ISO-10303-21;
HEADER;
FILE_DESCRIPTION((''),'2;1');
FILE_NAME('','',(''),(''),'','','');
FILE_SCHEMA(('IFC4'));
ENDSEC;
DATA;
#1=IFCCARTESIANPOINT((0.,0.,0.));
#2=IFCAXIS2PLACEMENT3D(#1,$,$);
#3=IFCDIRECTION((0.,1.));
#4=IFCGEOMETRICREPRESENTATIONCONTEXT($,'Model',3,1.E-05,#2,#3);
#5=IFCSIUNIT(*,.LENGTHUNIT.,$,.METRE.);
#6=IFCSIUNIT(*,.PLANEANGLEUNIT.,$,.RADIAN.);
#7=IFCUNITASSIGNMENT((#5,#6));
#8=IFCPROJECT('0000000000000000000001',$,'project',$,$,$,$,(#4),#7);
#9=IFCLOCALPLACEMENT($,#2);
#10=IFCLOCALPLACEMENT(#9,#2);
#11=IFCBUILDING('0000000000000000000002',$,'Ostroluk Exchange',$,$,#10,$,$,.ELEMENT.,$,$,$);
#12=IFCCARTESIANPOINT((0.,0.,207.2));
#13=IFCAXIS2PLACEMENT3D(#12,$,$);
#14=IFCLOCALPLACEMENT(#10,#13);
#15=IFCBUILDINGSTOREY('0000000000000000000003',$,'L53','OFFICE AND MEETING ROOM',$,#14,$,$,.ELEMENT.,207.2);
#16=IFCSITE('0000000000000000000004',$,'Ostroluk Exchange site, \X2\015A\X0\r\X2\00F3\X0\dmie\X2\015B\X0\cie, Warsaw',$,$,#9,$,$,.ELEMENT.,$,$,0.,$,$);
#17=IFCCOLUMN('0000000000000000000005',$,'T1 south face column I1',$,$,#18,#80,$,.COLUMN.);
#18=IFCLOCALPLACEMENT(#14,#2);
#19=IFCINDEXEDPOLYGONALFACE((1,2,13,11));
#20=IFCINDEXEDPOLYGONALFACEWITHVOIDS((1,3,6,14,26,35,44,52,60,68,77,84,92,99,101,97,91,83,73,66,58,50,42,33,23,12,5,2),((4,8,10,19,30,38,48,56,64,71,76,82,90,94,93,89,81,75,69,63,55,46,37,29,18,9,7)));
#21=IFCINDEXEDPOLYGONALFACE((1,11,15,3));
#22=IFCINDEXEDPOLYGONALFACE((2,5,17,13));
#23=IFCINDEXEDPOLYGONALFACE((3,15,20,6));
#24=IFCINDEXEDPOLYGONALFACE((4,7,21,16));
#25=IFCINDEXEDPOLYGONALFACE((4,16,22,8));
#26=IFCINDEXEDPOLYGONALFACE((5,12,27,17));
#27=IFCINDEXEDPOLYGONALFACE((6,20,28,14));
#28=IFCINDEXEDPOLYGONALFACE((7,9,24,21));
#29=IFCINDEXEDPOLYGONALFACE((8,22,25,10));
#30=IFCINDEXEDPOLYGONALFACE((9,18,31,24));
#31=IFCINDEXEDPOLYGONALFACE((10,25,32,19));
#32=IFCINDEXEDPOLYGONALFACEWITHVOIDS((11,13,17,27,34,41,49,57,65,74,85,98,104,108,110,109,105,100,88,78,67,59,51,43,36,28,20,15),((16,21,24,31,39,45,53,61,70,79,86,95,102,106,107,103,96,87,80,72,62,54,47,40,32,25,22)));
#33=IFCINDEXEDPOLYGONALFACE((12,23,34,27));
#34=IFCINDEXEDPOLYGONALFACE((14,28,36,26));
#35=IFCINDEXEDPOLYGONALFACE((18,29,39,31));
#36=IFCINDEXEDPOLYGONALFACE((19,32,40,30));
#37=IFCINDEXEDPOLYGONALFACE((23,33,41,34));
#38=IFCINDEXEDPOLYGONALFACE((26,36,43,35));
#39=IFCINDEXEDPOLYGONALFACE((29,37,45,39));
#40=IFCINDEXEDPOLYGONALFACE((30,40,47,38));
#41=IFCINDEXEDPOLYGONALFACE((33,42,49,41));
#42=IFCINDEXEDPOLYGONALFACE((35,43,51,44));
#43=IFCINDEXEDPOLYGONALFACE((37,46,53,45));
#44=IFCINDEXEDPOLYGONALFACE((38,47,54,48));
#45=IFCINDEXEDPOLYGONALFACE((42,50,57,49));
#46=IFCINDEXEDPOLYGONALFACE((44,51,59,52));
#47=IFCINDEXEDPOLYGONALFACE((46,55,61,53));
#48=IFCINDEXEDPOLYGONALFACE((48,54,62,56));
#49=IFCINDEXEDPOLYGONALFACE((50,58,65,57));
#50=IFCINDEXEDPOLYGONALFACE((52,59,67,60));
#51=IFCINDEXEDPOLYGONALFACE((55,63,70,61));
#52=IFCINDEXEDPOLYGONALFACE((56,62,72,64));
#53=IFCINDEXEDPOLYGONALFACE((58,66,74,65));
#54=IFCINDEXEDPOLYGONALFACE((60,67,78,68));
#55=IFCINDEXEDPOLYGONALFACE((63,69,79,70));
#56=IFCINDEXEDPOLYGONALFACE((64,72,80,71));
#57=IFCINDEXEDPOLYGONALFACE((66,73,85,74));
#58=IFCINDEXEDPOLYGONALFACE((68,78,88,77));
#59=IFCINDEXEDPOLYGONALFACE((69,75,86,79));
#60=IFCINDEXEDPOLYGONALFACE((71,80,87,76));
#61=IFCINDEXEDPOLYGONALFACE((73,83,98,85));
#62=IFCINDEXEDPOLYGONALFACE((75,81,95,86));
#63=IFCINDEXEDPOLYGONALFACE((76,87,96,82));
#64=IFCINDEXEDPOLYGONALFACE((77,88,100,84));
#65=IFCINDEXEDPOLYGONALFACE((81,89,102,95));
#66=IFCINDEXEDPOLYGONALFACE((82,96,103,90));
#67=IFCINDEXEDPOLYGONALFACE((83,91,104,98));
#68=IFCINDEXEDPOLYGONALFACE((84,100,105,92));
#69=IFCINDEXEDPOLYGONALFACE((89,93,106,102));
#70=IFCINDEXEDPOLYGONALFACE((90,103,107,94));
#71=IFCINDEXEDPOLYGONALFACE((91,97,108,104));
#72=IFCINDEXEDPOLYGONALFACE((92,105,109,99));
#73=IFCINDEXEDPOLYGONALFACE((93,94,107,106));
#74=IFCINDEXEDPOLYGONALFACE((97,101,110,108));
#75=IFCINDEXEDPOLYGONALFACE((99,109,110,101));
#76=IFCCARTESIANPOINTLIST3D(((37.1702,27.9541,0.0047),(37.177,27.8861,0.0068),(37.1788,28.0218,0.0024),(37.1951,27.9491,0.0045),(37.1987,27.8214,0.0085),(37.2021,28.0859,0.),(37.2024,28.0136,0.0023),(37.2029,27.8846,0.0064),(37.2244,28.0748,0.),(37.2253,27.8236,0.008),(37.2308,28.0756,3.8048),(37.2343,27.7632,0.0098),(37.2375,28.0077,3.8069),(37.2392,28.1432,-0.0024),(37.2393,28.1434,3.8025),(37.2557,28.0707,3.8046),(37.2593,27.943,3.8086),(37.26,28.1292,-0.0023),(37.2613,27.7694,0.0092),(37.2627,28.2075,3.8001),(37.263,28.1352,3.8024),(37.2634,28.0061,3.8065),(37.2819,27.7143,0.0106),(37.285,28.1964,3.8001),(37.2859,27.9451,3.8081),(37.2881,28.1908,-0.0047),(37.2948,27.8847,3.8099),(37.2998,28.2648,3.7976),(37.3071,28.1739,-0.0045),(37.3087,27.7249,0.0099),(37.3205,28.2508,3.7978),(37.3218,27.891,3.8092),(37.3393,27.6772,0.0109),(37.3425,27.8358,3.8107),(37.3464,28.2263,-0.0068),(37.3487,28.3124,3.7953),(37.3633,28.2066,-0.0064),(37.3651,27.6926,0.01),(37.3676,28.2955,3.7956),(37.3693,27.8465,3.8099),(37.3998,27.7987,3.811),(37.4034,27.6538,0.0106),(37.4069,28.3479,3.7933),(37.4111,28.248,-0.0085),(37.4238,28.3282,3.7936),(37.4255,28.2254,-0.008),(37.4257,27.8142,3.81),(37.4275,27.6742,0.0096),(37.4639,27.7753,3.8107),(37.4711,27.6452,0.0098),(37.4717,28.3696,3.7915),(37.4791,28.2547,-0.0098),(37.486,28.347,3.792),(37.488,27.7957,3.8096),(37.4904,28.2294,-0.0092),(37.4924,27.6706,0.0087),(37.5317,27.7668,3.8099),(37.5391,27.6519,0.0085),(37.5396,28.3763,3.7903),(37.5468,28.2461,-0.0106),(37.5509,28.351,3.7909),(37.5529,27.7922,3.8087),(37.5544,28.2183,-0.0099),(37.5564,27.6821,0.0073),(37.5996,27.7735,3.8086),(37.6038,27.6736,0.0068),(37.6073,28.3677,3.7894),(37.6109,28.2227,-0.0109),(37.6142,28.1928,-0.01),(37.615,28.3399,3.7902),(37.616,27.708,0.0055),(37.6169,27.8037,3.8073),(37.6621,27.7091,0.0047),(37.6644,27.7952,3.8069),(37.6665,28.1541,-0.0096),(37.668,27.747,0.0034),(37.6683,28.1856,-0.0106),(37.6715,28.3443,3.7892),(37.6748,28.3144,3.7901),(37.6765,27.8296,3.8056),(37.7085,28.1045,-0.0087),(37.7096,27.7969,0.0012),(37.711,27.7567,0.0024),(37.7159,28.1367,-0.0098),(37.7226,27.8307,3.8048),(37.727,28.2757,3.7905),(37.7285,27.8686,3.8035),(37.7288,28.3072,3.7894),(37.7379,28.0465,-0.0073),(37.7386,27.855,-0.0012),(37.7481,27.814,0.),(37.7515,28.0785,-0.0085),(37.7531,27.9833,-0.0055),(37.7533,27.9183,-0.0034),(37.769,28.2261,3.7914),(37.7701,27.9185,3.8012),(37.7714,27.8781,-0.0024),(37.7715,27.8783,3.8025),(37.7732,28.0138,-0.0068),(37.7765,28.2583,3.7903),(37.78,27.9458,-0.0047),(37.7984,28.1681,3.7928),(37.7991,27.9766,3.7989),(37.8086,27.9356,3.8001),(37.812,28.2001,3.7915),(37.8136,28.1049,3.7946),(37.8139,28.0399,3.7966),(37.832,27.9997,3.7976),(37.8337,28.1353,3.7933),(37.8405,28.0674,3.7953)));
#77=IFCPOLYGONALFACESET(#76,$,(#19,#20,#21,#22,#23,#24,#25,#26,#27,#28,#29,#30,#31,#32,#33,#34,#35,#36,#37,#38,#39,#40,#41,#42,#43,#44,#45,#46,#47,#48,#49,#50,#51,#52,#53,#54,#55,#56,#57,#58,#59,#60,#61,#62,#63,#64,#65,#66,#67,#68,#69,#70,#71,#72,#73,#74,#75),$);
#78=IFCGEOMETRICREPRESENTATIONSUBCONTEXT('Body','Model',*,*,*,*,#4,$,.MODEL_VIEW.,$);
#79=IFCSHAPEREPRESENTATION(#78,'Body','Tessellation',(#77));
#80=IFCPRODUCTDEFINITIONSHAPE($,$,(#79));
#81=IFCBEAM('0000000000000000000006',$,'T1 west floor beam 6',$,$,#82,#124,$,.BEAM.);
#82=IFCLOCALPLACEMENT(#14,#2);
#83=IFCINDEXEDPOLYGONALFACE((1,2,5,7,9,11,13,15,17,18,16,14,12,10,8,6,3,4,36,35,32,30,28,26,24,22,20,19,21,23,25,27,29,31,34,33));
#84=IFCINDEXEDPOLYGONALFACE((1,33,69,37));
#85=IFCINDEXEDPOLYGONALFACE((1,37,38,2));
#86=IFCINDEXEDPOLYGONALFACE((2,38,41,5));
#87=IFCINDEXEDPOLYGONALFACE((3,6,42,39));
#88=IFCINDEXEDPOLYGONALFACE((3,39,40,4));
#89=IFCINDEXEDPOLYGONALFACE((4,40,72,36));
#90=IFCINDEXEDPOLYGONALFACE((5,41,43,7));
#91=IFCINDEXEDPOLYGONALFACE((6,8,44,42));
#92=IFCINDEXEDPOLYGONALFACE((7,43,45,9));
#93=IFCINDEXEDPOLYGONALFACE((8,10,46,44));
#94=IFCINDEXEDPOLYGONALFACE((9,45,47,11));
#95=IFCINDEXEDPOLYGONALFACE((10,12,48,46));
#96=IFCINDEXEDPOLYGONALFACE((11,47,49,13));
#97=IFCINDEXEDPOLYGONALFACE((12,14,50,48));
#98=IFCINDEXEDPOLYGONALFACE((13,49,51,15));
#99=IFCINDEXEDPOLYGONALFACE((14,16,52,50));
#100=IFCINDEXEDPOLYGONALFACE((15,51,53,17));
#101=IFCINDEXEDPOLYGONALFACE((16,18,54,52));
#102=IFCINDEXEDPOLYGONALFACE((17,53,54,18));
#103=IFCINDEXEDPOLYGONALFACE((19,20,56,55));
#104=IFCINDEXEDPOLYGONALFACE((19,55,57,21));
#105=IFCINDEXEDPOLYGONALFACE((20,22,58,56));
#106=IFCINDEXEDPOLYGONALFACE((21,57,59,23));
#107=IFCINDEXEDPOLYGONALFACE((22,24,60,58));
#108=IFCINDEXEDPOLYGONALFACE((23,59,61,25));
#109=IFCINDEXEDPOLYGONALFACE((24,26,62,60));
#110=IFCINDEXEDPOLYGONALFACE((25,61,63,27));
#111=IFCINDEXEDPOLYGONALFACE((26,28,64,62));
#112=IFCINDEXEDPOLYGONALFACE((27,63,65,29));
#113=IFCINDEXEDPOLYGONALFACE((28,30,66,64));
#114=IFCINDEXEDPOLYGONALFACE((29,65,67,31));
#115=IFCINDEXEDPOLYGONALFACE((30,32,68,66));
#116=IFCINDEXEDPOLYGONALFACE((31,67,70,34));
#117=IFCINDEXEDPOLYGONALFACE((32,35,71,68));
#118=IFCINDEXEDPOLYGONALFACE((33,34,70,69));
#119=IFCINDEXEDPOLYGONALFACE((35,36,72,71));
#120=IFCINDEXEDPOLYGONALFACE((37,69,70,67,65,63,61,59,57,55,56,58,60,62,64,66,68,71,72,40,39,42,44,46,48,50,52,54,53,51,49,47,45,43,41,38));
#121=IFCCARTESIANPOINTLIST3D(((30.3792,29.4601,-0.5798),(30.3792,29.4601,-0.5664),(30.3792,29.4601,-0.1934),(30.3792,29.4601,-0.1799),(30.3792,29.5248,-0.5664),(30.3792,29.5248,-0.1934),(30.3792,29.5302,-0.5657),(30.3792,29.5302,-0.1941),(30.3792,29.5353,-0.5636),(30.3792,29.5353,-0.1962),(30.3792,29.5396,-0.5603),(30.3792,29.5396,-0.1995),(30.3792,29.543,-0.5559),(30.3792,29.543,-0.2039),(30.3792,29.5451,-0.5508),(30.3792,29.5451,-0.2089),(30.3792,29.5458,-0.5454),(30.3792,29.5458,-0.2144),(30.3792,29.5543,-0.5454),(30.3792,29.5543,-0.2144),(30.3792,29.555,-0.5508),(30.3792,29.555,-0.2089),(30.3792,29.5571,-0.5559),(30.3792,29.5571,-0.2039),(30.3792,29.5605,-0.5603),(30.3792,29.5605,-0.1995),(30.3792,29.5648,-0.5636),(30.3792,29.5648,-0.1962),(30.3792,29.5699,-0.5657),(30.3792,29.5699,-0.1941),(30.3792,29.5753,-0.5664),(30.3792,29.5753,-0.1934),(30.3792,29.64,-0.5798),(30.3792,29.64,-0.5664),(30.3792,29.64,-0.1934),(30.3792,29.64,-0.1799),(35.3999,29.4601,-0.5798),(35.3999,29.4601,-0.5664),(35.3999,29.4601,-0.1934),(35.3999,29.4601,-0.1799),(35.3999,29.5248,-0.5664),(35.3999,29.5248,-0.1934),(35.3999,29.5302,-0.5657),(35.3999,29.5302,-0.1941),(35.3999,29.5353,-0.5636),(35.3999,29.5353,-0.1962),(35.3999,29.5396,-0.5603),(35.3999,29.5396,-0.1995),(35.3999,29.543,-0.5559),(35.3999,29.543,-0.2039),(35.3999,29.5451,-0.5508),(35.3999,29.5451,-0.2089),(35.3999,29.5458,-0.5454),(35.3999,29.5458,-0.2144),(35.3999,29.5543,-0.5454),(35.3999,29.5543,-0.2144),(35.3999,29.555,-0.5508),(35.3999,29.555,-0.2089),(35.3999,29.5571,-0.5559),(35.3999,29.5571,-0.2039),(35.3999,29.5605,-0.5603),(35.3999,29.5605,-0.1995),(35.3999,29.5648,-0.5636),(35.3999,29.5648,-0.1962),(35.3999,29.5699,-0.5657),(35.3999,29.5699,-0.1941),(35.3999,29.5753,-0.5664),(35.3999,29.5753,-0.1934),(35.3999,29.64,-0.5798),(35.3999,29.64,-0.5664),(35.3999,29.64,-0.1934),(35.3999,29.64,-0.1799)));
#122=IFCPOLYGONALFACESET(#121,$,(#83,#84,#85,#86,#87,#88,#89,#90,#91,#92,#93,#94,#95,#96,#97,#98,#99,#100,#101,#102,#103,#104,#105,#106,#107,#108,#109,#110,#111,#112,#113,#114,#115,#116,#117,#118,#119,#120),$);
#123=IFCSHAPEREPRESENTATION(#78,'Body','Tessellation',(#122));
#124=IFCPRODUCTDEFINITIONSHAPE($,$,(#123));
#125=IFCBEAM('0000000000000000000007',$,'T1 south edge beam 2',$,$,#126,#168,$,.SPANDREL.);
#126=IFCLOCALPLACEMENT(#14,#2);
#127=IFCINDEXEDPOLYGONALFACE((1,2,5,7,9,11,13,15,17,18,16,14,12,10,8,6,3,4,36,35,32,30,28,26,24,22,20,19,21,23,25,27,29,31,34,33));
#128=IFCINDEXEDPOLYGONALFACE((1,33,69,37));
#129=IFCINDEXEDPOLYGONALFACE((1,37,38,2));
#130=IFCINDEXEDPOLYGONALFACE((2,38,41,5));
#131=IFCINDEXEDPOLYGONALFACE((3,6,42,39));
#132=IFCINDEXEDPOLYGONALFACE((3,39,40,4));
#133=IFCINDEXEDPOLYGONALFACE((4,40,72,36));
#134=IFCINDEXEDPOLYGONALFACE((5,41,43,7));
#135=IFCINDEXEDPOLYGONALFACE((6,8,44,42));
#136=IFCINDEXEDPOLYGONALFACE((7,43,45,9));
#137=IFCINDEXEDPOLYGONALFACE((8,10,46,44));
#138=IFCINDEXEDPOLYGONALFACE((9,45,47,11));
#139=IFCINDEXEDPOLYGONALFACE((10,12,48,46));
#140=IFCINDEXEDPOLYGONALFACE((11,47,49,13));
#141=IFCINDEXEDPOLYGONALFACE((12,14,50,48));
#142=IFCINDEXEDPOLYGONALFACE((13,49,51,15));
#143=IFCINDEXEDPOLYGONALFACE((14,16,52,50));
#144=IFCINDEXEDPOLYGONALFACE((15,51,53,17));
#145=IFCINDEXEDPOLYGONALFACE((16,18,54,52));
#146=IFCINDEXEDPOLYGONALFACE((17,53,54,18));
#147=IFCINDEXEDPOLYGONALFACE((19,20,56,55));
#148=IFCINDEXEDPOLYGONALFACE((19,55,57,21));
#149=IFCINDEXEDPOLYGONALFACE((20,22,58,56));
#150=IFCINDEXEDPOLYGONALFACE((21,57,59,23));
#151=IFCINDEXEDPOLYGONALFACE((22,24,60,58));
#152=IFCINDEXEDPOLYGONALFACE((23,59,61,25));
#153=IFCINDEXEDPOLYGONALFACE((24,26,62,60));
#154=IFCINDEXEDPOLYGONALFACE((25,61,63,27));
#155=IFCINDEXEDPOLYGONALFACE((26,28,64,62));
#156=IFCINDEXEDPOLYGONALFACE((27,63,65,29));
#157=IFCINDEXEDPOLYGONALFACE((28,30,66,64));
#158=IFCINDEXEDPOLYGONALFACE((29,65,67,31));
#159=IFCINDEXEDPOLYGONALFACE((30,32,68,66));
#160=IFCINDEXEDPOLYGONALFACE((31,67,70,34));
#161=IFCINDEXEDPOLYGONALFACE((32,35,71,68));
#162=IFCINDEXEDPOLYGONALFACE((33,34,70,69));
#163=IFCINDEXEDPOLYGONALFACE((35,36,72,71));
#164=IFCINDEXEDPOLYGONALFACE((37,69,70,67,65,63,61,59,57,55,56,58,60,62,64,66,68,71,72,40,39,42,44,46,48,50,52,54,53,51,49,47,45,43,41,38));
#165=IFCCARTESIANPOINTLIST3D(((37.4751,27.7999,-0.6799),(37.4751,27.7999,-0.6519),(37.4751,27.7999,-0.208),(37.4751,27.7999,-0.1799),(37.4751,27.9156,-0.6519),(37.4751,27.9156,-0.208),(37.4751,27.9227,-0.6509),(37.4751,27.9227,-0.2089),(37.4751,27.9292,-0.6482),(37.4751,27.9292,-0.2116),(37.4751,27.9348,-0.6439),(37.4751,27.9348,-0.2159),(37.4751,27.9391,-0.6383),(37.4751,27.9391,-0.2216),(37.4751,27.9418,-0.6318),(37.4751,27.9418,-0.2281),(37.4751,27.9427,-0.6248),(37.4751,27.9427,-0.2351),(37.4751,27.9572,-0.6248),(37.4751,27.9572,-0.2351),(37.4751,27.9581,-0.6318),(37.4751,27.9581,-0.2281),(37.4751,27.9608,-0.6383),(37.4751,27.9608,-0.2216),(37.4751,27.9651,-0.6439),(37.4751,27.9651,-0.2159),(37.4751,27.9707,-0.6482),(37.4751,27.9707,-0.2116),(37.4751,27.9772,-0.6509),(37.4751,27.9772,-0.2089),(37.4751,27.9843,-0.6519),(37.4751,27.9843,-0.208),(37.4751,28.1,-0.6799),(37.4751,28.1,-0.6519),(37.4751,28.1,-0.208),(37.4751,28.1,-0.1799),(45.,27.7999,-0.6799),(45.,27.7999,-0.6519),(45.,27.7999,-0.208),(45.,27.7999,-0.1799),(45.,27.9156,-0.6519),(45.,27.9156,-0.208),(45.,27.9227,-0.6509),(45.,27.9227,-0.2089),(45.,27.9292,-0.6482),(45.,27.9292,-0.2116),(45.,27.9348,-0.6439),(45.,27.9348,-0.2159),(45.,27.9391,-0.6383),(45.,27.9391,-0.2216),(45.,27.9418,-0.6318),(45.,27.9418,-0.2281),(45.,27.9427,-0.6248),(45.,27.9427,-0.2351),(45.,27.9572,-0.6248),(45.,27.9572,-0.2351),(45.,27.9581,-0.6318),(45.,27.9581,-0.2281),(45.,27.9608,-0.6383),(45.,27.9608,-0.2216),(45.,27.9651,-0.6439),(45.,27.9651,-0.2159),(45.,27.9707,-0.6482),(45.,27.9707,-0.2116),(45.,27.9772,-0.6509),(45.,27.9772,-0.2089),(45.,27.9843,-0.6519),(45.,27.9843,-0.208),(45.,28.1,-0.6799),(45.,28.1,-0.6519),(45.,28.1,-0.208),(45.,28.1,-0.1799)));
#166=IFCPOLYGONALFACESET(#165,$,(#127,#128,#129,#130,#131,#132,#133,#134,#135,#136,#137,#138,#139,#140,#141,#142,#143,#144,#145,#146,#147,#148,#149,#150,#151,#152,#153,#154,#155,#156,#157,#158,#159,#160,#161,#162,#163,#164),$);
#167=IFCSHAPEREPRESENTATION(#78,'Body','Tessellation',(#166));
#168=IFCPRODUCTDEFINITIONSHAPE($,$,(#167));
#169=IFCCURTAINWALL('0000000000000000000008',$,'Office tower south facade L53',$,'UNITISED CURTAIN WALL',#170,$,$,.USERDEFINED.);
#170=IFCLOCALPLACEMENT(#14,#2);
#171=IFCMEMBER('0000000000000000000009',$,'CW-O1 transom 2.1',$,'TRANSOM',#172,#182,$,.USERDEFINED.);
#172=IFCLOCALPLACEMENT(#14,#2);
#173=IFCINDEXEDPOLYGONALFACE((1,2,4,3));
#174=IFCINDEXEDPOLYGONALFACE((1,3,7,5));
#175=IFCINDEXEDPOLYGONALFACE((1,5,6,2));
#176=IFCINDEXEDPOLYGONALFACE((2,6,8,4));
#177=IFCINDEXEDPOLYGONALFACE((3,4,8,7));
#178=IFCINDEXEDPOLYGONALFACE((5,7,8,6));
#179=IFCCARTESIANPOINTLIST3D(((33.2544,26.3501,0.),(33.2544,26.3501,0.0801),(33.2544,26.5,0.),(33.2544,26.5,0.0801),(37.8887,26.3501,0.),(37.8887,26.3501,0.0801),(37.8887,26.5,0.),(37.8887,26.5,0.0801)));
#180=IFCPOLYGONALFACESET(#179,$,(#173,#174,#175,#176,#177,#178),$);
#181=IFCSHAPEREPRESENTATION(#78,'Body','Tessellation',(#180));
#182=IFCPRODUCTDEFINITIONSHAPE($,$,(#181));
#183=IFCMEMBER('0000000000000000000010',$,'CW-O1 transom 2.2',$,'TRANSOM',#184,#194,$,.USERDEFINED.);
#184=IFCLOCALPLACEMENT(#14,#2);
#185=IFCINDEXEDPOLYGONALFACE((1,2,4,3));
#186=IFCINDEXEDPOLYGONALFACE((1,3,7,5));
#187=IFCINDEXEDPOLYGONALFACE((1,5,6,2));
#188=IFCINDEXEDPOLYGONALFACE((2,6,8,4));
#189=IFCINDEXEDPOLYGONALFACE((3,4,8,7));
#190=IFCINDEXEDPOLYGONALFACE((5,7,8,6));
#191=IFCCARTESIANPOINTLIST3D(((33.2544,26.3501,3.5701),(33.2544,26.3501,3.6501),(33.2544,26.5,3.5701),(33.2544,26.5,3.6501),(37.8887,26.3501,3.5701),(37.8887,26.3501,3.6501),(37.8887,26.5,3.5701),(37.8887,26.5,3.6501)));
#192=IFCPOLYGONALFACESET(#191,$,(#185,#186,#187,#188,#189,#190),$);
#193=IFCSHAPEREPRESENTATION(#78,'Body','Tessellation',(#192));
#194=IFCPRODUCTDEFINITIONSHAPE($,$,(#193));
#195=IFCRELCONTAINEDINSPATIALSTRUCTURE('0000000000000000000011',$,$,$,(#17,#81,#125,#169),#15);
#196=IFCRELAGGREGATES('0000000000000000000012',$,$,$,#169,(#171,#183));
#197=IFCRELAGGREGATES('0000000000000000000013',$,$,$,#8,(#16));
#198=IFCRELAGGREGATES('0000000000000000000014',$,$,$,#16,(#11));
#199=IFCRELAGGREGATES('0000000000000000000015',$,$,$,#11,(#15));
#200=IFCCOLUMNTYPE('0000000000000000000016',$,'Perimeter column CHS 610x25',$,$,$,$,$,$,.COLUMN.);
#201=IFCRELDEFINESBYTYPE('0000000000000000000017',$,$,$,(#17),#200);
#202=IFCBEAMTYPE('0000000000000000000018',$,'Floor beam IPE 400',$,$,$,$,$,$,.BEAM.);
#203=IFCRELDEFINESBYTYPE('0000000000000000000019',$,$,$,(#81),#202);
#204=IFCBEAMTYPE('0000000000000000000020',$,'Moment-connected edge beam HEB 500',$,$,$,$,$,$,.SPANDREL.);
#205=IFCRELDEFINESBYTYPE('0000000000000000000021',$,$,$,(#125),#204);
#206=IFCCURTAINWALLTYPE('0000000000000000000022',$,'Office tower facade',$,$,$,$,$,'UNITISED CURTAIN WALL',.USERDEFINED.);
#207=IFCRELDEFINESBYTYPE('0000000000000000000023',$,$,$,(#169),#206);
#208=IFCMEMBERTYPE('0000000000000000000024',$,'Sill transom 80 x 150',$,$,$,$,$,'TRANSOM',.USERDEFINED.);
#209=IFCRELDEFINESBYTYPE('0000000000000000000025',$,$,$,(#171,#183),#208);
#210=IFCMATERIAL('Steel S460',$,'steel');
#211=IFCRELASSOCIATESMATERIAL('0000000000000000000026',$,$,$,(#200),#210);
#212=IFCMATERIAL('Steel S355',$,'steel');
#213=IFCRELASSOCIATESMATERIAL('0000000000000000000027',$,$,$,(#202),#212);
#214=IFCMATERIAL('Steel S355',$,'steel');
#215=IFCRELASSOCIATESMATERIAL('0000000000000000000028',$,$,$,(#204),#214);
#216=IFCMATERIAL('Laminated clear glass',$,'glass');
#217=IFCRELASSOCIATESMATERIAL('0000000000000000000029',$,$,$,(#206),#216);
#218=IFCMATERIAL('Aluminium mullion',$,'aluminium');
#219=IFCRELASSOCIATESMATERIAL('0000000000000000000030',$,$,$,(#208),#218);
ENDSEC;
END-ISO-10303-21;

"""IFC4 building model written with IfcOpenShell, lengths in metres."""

from ifc_helpers import new_model, si_unit, direction, frame, origin, origin_2d, place, context, subcontext, project, spatial, rectangle, hollow_circle, i_section, extrude, material, material_profile, profile_set, type_object, element, aggregate, save


model = new_model("IFC4")

# Units and contexts
model_context = context("Model", 3, precision=1e-05, world=origin(), true_north=direction((0.0, 1.0)))
body_context = subcontext(model_context, "Body", "Model", "MODEL_VIEW")
ifc_project = project(units=[si_unit("LENGTHUNIT", "METRE"), si_unit("PLANEANGLEUNIT", "RADIAN")], contexts=[model_context])

# Site, building, storey
site_placement = place(None, origin())
site = spatial("IfcSite", under=ifc_project, at=site_placement, Name="Ostroluk Exchange site, Śródmieście, Warsaw", CompositionType="ELEMENT", RefElevation=0.0)
building_placement = place(site_placement, origin())
building = spatial("IfcBuilding", under=site, at=building_placement, Name="Ostroluk Exchange", CompositionType="ELEMENT")
storey_placement = place(building_placement, frame((0.0, 0.0, 207.2)))
storey = spatial("IfcBuildingStorey", under=building, at=storey_placement, Name="L53", Description="OFFICE AND MEETING ROOM", CompositionType="ELEMENT", Elevation=207.2)

# Column
ifc_material_1 = material(Name="Steel S460", Category="steel")
ifc_material_profile_1 = material_profile(ifc_material_1, hollow_circle(Radius=0.3049, WallThickness=0.0249, at=origin_2d()), Name="CHS 610x25")
ifc_profile_set_1 = profile_set([ifc_material_profile_1], Name="Steel S460")
column_type = type_object("IfcColumnType", Name="Perimeter column CHS 610x25", PredefinedType="COLUMN", material=ifc_profile_set_1)
column_placement = place(storey_placement, frame((37.4751, 27.95, 0.0), z_axis=(0.015923, 0.031974, 0.999362), x_axis=(-0.895145, 0.445775, 0.0)))
element("IfcColumn", 1, at=column_placement, inside=storey, type_object=column_type, Name="T1 south face column I1", PredefinedType="COLUMN", context=body_context, shape_type="SweptSolid", body=[
    extrude(hollow_circle(Radius=0.3049, WallThickness=0.0249, at=origin_2d()), origin(), (0.0, 0.0, 1.0), 3.8025),
])

# Beams
ifc_material_2 = material(Name="Steel S355", Category="steel")
ifc_material_profile_2 = material_profile(ifc_material_2, i_section(OverallWidth=0.1799, OverallDepth=0.3999, WebThickness=0.0085, FlangeThickness=0.0134, FilletRadius=0.021, at=origin_2d()), Name="IPE 400")
ifc_profile_set_2 = profile_set([ifc_material_profile_2], Name="Steel S355")
beam_type_1 = type_object("IfcBeamType", Name="Floor beam IPE 400", PredefinedType="BEAM", material=ifc_profile_set_2)
beam_1_placement = place(storey_placement, frame((35.3999, 29.55, -0.3799), z_axis=(-1.0, 0.0, 0.0), x_axis=(0.0, -1.0, 0.0)))
element("IfcBeam", 2, at=beam_1_placement, inside=storey, type_object=beam_type_1, Name="T1 west floor beam 6", PredefinedType="BEAM", context=body_context, shape_type="SweptSolid", body=[
    extrude(i_section(OverallWidth=0.1799, OverallDepth=0.3999, WebThickness=0.0085, FlangeThickness=0.0134, FilletRadius=0.021, at=origin_2d()), origin(), (0.0, 0.0, 1.0), 5.0208),
])
ifc_material_3 = material(Name="Steel S355", Category="steel")
ifc_material_profile_3 = material_profile(ifc_material_3, i_section(OverallWidth=0.3, OverallDepth=0.5, WebThickness=0.0144, FlangeThickness=0.0281, FilletRadius=0.0271, at=origin_2d()), Name="HEB 500")
ifc_profile_set_3 = profile_set([ifc_material_profile_3], Name="Steel S355")
beam_type_2 = type_object("IfcBeamType", Name="Moment-connected edge beam HEB 500", PredefinedType="SPANDREL", material=ifc_profile_set_3)
beam_2_placement = place(storey_placement, frame((37.4751, 27.95, -0.4299), z_axis=(1.0, 0.0, 0.0), x_axis=(0.0, 1.0, 0.0)))
element("IfcBeam", 3, at=beam_2_placement, inside=storey, type_object=beam_type_2, Name="T1 south edge beam 2", PredefinedType="SPANDREL", context=body_context, shape_type="SweptSolid", body=[
    extrude(i_section(OverallWidth=0.3, OverallDepth=0.5, WebThickness=0.0144, FlangeThickness=0.0281, FilletRadius=0.0271, at=origin_2d()), origin(), (0.0, 0.0, 1.0), 7.5249),
])

# Curtain wall, members
ifc_material_4 = material(Name="Laminated clear glass", Category="glass")
curtain_wall_type = type_object("IfcCurtainWallType", Name="Office tower facade", ElementType="UNITISED CURTAIN WALL", PredefinedType="USERDEFINED", material=ifc_material_4)
curtain_wall_placement = place(storey_placement, origin())
curtain_wall = element("IfcCurtainWall", 4, at=curtain_wall_placement, inside=storey, type_object=curtain_wall_type, Name="Office tower south facade L53", ObjectType="UNITISED CURTAIN WALL", PredefinedType="USERDEFINED")
ifc_material_5 = material(Name="Aluminium mullion", Category="aluminium")
ifc_material_profile_4 = material_profile(ifc_material_5, rectangle(XDim=0.1499, YDim=0.0801, at=origin_2d()), Name="Sill transom 80 x 150")
ifc_profile_set_4 = profile_set([ifc_material_profile_4], Name="Aluminium mullion")
member_type_1 = type_object("IfcMemberType", Name="Sill transom 80 x 150", ElementType="TRANSOM", PredefinedType="USERDEFINED", material=ifc_profile_set_4)
member_1_placement = place(storey_placement, frame((33.2544, 26.425, 0.04), z_axis=(1.0, 0.0, 0.0), x_axis=(0.0, 1.0, 0.0)))
member_1 = element("IfcMember", 5, at=member_1_placement, type_object=member_type_1, Name="CW-O1 transom 2.1", ObjectType="TRANSOM", PredefinedType="USERDEFINED", context=body_context, shape_type="SweptSolid", body=[
    extrude(rectangle(XDim=0.1499, YDim=0.0801, at=origin_2d()), origin(), (0.0, 0.0, 1.0), 4.6343),
])
member_2_placement = place(storey_placement, frame((33.2544, 26.425, 3.6101), z_axis=(1.0, 0.0, 0.0), x_axis=(0.0, 1.0, 0.0)))
member_2 = element("IfcMember", 6, at=member_2_placement, type_object=member_type_1, Name="CW-O1 transom 2.2", ObjectType="TRANSOM", PredefinedType="USERDEFINED", context=body_context, shape_type="SweptSolid", body=[
    extrude(rectangle(XDim=0.1499, YDim=0.0801, at=origin_2d()), origin(), (0.0, 0.0, 1.0), 4.6343),
])
aggregate(curtain_wall, [member_1, member_2])

save(model, "model.ifc")
